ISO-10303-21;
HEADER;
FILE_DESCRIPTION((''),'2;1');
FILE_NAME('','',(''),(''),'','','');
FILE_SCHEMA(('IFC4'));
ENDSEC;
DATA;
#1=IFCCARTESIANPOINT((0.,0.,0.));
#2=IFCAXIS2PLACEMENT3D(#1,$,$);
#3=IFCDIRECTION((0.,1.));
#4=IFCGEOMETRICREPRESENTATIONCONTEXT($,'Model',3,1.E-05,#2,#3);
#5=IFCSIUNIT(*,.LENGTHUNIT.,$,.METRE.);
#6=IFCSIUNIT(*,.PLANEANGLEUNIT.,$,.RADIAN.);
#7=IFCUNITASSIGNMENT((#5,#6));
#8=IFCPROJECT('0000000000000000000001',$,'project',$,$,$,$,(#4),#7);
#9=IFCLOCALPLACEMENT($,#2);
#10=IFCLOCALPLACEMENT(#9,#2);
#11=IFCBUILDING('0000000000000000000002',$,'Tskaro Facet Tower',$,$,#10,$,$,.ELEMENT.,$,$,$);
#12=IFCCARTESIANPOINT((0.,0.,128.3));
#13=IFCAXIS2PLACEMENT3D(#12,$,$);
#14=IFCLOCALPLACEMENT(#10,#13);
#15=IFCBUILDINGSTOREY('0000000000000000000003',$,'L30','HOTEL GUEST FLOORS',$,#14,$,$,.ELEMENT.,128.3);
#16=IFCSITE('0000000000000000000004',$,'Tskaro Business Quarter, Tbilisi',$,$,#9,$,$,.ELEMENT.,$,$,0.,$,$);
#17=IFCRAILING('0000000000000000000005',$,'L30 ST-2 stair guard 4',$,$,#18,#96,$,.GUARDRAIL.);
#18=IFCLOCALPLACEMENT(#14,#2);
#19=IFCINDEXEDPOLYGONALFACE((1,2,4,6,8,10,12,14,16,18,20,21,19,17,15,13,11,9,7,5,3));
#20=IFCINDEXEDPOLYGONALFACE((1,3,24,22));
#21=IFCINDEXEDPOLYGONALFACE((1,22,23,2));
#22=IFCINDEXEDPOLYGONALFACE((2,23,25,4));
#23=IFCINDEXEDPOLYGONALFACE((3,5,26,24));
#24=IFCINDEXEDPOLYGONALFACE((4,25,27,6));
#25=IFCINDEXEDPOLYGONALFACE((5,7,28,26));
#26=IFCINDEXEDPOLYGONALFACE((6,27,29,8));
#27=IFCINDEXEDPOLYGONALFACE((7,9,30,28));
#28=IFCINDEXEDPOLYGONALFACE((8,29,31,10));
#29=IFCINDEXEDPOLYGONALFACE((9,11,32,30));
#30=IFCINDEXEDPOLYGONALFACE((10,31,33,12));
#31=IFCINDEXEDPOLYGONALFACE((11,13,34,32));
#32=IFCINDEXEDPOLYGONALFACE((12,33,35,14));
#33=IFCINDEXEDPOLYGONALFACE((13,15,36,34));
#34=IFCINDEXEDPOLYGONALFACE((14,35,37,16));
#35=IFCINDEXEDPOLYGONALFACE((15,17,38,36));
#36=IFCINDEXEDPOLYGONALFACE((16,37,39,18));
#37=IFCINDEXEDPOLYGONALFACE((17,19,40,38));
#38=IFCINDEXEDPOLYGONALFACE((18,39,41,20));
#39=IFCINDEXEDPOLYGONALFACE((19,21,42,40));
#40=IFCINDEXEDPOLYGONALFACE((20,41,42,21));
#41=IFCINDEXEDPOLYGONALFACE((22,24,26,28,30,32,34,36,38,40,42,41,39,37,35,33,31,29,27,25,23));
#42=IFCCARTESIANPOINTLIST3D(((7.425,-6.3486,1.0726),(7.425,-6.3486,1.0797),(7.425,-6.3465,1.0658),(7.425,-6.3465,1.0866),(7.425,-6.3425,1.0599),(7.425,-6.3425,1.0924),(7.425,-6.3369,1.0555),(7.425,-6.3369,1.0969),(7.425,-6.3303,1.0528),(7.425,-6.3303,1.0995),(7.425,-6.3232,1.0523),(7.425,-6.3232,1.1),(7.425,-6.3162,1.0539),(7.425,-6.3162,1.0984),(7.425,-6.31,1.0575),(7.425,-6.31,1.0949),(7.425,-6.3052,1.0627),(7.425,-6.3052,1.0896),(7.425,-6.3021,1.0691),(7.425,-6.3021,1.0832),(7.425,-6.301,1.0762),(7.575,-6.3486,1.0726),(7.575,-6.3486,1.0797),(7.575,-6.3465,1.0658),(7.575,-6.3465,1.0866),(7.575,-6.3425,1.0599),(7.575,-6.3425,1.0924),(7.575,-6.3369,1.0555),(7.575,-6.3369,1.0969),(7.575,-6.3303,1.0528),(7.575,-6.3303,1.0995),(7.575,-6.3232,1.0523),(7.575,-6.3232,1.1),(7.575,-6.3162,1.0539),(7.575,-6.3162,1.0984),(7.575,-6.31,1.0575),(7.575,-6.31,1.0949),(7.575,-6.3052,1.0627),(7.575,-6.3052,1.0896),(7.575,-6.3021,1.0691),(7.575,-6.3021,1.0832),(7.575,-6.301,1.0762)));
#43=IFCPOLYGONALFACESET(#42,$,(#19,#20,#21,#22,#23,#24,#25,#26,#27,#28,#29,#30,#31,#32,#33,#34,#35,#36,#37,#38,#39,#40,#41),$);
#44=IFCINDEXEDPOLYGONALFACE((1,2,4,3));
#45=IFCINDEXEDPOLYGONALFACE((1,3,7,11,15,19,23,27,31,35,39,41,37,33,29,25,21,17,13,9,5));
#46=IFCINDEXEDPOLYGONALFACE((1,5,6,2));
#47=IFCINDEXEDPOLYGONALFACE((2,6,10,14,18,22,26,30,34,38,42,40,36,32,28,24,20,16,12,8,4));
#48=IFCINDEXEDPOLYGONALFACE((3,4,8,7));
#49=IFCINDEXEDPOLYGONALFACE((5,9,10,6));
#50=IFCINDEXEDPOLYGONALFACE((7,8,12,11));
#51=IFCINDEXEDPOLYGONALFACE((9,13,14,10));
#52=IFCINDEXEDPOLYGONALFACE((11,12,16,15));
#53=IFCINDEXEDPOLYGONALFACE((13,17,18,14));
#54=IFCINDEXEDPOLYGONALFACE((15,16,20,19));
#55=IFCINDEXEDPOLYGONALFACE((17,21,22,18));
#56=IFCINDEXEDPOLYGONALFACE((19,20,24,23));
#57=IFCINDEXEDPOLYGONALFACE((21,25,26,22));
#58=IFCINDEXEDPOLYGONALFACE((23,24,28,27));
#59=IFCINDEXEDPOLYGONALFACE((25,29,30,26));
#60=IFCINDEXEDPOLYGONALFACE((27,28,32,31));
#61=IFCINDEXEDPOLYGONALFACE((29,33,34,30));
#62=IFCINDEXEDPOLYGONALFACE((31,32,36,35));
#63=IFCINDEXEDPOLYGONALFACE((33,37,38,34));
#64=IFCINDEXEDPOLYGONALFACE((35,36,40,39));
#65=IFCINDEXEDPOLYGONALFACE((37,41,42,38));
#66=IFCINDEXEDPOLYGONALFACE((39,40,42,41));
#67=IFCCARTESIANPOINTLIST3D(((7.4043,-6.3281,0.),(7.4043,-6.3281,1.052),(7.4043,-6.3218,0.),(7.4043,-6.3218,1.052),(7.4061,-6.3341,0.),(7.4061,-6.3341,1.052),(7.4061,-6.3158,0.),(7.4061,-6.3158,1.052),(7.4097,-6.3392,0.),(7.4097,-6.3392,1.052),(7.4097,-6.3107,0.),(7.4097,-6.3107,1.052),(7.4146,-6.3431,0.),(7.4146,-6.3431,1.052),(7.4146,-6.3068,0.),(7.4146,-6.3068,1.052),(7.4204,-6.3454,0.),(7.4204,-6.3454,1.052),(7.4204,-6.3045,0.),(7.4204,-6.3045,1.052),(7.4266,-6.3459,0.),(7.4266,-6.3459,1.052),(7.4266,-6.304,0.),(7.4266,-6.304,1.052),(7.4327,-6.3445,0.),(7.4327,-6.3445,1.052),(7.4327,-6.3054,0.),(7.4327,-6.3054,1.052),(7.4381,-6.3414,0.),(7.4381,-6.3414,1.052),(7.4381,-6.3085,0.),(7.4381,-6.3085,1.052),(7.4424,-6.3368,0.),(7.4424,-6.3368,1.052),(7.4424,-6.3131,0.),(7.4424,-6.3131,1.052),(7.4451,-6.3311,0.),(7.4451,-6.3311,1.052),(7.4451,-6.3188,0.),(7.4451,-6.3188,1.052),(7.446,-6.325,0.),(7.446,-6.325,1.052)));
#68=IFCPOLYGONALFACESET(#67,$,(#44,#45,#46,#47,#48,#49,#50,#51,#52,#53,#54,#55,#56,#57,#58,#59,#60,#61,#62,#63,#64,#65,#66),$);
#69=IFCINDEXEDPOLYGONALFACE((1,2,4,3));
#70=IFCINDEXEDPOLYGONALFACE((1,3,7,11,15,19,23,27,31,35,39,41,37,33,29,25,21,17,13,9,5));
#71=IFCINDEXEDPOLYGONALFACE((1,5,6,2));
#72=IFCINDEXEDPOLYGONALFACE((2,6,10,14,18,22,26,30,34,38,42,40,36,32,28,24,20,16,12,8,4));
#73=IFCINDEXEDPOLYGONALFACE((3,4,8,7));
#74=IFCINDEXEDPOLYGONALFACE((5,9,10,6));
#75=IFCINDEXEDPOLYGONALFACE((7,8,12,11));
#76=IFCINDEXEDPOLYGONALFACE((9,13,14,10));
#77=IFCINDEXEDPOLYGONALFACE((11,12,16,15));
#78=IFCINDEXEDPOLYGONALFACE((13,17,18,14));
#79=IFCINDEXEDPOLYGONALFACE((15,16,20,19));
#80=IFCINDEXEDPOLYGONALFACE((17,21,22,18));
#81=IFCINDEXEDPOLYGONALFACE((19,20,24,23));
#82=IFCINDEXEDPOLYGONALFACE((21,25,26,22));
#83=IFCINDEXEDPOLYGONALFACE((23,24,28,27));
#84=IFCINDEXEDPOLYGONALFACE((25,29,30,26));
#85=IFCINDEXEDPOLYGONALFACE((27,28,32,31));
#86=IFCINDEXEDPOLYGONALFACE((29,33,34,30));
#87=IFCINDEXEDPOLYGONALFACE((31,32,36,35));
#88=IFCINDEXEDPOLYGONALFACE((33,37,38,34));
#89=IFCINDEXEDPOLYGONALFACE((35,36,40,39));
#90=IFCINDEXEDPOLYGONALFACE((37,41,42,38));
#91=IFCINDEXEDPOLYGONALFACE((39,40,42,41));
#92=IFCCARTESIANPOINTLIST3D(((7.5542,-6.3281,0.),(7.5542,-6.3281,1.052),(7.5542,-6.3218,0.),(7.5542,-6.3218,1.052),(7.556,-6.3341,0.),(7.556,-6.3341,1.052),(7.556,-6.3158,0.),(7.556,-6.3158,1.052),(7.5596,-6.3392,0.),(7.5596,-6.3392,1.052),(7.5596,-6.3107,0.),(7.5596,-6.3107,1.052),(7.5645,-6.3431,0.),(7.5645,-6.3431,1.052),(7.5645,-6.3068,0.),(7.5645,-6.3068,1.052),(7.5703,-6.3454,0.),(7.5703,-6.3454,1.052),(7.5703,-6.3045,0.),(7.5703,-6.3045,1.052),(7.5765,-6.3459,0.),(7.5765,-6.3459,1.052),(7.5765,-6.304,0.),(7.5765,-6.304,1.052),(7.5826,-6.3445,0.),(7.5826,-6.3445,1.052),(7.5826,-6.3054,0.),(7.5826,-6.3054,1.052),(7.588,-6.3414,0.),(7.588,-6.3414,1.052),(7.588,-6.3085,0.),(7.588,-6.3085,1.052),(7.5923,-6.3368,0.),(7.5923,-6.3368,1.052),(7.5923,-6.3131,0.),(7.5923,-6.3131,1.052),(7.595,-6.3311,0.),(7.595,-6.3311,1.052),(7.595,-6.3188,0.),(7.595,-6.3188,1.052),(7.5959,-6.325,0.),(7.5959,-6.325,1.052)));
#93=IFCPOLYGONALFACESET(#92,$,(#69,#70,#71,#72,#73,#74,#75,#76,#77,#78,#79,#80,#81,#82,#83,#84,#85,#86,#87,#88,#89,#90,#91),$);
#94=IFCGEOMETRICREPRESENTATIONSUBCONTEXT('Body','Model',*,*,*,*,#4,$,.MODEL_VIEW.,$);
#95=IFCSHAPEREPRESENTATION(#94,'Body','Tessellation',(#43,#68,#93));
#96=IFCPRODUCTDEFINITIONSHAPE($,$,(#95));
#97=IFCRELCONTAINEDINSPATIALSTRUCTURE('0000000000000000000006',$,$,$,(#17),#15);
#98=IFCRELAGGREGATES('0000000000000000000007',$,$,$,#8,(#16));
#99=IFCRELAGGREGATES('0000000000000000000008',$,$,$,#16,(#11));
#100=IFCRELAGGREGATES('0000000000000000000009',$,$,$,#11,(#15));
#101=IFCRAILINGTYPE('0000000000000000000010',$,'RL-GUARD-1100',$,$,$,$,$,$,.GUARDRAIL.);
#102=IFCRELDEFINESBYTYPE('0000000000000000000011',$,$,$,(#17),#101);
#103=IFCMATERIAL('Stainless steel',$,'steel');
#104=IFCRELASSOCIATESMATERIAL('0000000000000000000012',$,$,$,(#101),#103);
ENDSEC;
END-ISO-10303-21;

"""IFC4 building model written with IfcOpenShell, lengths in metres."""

from ifc_helpers import new_model, si_unit, direction, frame, origin, origin_2d, place, context, subcontext, project, spatial, circle, extrude, material, type_object, element, save


model = new_model("IFC4")

# Units and contexts
model_context = context("Model", 3, precision=1e-05, world=origin(), true_north=direction((0.0, 1.0)))
body_context = subcontext(model_context, "Body", "Model", "MODEL_VIEW")
ifc_project = project(units=[si_unit("LENGTHUNIT", "METRE"), si_unit("PLANEANGLEUNIT", "RADIAN")], contexts=[model_context])

# Site, building, storey
site_placement = place(None, origin())
site = spatial("IfcSite", under=ifc_project, at=site_placement, Name="Tskaro Business Quarter, Tbilisi", CompositionType="ELEMENT", RefElevation=0.0)
building_placement = place(site_placement, origin())
building = spatial("IfcBuilding", under=site, at=building_placement, Name="Tskaro Facet Tower", CompositionType="ELEMENT")
storey_placement = place(building_placement, frame((0.0, 0.0, 128.3)))
storey = spatial("IfcBuildingStorey", under=building, at=storey_placement, Name="L30", Description="HOTEL GUEST FLOORS", CompositionType="ELEMENT", Elevation=128.3)

# Railing
ifc_material_1 = material(Name="Stainless steel", Category="steel")
railing_type_1 = type_object("IfcRailingType", Name="RL-GUARD-1100", PredefinedType="GUARDRAIL", material=ifc_material_1)
railing_1_placement = place(storey_placement, frame((7.425, -6.325, 0.0)))
element("IfcRailing", 1, at=railing_1_placement, inside=storey, type_object=railing_type_1, Name="L30 ST-2 stair guard 4", PredefinedType="GUARDRAIL", context=body_context, shape_type="SweptSolid", body=[
    extrude(circle(Radius=0.0239, at=origin_2d()), frame((0.0, 0.0, 1.0762), z_axis=(1.0, 0.0, 0.0), x_axis=(0.0, 1.0, 0.0)), (0.0, 0.0, 1.0), 0.1499),
    extrude(circle(Radius=0.021, at=origin_2d()), origin(), (0.0, 0.0, 1.0), 1.052),
    extrude(circle(Radius=0.021, at=origin_2d()), frame((0.1499, 0.0, 0.0)), (0.0, 0.0, 1.0), 1.052),
])

save(model, "model.ifc")
